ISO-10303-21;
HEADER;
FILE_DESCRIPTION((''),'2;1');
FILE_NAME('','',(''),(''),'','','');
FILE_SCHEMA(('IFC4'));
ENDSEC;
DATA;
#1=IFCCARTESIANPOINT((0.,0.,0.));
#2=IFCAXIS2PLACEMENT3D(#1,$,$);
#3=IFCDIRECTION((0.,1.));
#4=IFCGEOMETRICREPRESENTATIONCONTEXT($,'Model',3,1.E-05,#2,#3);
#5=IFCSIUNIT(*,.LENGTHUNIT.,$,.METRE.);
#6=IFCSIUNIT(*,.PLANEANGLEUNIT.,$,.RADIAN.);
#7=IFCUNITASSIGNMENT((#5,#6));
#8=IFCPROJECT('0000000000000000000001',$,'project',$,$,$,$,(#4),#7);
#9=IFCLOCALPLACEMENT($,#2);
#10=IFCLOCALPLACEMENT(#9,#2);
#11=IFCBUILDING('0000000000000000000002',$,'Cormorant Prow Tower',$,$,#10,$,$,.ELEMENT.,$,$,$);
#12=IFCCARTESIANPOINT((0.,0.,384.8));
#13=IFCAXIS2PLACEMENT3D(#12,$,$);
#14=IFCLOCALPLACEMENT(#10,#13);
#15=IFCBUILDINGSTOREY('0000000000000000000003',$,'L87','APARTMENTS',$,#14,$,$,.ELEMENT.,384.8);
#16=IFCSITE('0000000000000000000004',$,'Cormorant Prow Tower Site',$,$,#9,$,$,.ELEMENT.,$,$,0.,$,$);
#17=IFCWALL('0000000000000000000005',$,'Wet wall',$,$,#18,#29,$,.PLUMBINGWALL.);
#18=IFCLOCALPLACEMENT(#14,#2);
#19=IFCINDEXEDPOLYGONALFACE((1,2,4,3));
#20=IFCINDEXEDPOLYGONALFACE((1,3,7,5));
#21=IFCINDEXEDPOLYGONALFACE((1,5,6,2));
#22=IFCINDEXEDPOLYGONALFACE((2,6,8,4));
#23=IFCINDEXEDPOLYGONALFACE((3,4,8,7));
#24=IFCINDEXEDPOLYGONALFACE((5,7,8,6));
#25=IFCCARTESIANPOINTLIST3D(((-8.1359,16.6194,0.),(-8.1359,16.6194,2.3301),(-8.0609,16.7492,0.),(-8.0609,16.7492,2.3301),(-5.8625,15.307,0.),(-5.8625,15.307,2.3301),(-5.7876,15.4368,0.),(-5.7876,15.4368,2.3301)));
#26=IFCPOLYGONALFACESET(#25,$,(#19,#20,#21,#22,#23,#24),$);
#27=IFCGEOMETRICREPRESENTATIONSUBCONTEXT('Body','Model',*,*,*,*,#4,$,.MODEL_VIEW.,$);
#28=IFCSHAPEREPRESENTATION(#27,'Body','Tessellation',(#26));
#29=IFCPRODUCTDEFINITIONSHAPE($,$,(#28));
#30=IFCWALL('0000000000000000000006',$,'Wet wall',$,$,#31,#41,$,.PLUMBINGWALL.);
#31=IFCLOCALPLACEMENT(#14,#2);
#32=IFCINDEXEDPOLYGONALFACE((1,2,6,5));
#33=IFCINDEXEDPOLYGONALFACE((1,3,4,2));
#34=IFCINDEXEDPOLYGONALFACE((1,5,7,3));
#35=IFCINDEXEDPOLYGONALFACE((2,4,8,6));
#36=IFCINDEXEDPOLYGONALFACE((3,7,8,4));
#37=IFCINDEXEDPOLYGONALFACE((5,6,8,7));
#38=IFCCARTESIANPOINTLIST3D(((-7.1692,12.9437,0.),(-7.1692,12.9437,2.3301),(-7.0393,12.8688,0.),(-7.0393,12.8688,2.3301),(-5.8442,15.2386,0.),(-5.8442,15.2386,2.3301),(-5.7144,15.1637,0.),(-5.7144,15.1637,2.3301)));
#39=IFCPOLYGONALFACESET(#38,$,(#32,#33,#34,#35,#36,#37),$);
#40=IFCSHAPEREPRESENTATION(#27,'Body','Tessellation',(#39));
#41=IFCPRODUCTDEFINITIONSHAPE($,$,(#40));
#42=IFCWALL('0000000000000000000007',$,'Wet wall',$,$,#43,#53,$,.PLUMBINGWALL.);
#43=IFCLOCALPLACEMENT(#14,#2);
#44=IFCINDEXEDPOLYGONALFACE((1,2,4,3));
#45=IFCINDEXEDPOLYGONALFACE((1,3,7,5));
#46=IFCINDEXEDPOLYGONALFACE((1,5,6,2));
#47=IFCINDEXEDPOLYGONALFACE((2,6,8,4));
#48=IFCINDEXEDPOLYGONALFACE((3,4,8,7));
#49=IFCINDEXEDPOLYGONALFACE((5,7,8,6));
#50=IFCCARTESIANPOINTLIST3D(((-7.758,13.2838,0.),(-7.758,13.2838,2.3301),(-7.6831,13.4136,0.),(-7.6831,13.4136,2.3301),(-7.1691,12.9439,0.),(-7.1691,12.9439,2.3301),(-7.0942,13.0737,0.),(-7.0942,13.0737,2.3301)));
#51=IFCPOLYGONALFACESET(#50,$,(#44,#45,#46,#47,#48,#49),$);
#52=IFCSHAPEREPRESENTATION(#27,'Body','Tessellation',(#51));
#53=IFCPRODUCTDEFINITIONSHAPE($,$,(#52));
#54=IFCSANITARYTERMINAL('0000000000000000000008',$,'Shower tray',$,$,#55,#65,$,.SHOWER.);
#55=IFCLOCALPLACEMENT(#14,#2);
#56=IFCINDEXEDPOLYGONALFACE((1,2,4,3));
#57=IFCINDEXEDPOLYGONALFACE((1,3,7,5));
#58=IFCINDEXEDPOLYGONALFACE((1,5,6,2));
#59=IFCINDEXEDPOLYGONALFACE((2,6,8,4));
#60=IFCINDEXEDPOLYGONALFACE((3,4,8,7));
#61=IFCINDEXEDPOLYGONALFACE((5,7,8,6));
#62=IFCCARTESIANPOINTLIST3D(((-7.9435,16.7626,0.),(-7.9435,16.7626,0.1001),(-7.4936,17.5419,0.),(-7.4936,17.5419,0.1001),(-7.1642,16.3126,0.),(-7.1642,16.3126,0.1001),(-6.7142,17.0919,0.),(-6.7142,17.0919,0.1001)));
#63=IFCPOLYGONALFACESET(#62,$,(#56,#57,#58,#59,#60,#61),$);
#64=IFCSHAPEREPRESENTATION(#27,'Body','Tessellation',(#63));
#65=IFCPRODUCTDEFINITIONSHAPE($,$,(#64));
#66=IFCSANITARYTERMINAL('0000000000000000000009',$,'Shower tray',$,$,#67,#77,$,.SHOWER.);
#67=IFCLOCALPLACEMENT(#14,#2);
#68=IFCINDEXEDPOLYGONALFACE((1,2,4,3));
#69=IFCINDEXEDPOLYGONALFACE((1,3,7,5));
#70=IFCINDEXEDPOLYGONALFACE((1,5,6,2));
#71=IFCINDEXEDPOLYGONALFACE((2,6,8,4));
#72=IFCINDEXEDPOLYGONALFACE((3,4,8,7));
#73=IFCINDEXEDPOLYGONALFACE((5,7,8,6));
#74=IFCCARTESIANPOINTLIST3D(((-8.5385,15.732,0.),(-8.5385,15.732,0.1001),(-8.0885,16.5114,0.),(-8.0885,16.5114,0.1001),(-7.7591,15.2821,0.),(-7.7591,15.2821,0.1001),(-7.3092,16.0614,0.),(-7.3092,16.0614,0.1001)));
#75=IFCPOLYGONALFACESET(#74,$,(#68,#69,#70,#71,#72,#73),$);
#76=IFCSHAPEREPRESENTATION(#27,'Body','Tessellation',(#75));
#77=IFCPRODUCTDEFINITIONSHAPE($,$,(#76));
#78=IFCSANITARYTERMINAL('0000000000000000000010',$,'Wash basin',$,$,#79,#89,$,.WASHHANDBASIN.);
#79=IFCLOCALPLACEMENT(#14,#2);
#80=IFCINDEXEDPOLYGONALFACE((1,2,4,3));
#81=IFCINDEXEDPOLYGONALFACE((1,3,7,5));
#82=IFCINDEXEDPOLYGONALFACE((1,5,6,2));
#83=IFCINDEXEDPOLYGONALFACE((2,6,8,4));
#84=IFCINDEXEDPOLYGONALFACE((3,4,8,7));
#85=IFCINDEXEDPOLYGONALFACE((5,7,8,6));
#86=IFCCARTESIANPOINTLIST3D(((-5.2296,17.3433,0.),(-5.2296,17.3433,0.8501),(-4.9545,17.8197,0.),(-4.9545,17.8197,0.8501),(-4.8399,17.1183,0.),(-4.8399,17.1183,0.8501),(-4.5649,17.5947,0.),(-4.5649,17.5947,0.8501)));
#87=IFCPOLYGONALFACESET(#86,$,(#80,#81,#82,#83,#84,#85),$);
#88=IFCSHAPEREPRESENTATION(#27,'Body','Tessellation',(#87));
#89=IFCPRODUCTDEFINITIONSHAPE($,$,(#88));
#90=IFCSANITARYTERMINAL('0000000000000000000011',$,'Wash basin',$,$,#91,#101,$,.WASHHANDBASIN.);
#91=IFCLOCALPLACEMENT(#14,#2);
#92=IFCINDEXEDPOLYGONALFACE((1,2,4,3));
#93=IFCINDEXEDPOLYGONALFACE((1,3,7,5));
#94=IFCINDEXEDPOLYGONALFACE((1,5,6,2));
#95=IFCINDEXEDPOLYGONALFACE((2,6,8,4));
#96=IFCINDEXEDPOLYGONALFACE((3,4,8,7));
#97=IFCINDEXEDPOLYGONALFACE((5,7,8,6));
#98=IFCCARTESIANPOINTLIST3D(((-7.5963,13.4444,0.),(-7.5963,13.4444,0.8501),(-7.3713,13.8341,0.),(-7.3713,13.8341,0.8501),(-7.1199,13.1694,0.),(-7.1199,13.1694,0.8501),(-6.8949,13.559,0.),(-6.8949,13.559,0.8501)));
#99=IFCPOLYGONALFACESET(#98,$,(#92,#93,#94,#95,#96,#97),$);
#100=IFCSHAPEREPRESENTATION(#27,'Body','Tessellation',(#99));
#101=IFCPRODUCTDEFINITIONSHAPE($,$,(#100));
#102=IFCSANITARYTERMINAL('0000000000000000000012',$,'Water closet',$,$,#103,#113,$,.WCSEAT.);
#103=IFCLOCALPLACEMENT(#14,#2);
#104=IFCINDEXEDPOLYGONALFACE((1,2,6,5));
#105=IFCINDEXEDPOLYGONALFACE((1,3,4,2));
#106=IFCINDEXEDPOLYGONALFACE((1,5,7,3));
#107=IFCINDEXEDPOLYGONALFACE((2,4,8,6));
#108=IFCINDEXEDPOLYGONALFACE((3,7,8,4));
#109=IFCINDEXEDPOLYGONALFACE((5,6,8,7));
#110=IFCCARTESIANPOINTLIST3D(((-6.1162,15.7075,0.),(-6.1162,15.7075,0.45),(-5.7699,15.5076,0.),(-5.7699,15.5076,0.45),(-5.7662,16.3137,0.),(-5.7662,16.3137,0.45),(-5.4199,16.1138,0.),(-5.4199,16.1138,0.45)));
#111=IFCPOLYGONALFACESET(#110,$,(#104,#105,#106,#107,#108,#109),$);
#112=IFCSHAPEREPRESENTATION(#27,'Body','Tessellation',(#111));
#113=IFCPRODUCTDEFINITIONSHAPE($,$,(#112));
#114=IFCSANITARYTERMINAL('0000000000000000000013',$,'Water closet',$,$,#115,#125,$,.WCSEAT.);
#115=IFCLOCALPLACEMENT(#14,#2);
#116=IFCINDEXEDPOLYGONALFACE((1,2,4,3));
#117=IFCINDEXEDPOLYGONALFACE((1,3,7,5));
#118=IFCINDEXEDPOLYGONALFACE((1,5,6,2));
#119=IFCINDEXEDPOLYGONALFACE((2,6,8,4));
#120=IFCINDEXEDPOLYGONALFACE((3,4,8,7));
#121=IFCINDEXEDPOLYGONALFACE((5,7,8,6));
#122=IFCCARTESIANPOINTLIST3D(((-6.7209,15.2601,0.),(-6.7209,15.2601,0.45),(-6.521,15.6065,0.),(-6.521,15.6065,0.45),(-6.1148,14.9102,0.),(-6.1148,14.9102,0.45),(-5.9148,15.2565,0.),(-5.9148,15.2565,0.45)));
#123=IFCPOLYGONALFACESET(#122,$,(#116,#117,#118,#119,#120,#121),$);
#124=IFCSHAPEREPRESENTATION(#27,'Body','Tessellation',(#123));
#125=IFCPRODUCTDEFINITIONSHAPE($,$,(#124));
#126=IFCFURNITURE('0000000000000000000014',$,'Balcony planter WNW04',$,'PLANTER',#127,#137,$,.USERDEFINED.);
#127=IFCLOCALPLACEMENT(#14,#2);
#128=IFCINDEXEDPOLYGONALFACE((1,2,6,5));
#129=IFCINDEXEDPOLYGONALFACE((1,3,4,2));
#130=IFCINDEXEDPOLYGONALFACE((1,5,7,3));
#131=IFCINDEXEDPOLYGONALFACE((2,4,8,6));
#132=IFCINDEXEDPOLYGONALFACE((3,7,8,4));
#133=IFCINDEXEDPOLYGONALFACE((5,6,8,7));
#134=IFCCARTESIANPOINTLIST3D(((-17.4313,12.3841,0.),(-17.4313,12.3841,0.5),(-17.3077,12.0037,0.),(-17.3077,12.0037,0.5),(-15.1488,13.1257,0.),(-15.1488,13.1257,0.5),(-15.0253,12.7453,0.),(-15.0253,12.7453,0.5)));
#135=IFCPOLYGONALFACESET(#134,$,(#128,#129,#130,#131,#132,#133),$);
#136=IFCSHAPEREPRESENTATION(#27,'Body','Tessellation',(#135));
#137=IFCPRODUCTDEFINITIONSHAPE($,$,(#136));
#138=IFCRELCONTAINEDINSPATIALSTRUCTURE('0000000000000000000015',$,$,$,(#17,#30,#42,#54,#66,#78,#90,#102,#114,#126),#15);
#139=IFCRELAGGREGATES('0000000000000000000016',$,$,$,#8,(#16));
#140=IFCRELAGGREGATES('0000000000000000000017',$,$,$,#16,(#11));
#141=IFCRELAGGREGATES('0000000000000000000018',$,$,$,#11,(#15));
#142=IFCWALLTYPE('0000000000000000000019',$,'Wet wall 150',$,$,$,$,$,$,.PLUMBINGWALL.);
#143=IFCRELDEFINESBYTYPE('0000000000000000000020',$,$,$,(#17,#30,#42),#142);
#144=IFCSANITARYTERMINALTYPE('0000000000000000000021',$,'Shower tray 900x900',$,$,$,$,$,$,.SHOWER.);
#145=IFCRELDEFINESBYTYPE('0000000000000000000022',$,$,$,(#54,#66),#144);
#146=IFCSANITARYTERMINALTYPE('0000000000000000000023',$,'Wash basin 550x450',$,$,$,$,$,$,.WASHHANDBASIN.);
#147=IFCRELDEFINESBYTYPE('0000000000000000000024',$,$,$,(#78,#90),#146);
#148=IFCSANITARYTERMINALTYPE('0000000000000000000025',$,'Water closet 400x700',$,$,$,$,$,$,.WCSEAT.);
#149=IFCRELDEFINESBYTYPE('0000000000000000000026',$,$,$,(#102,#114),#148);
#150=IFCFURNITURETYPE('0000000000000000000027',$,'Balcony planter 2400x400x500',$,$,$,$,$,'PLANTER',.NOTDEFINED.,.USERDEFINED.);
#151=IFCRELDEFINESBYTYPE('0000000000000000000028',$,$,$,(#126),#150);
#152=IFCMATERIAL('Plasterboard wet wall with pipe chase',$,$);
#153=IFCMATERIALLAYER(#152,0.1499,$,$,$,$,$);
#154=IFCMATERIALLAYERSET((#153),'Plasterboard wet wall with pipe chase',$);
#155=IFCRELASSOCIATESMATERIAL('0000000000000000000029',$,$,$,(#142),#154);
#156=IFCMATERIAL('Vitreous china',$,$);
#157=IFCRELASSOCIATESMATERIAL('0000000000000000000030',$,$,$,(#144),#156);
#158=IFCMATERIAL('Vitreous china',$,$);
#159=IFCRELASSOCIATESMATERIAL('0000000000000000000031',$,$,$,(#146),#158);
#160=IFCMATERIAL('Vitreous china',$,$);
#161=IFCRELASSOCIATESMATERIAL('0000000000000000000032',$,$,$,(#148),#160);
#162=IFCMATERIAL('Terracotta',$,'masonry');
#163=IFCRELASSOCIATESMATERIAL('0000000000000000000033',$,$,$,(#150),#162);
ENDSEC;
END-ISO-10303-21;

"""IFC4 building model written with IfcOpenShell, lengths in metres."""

from ifc_helpers import new_model, si_unit, direction, frame, frame_2d, origin, origin_2d, place, context, subcontext, project, spatial, rectangle, extrude, material, layer, layer_set, type_object, element, save


model = new_model("IFC4")

# Units and contexts
model_context = context("Model", 3, precision=1e-05, world=origin(), true_north=direction((0.0, 1.0)))
body_context = subcontext(model_context, "Body", "Model", "MODEL_VIEW")
ifc_project = project(units=[si_unit("LENGTHUNIT", "METRE"), si_unit("PLANEANGLEUNIT", "RADIAN")], contexts=[model_context])

# Site, building, storey
site_placement = place(None, origin())
site = spatial("IfcSite", under=ifc_project, at=site_placement, Name="Cormorant Prow Tower Site", CompositionType="ELEMENT", RefElevation=0.0)
building_placement = place(site_placement, origin())
building = spatial("IfcBuilding", under=site, at=building_placement, Name="Cormorant Prow Tower", CompositionType="ELEMENT")
storey_placement = place(building_placement, frame((0.0, 0.0, 384.8)))
storey = spatial("IfcBuildingStorey", under=building, at=storey_placement, Name="L87", Description="APARTMENTS", CompositionType="ELEMENT", Elevation=384.8)

# Walls
ifc_material_1 = material(Name="Plasterboard wet wall with pipe chase")
ifc_layer_1 = layer(ifc_material_1, 0.1499)
ifc_layer_set_1 = layer_set([ifc_layer_1], Name="Plasterboard wet wall with pipe chase")
wall_type_1 = type_object("IfcWallType", Name="Wet wall 150", PredefinedType="PLUMBINGWALL", material=ifc_layer_set_1)
wall_1_placement = place(storey_placement, frame((-8.0984, 16.6843, 0.0), z_axis=(0.0, 0.0, 1.0), x_axis=(0.866037, -0.49998, 0.0)))
element("IfcWall", 1, at=wall_1_placement, inside=storey, type_object=wall_type_1, Name="Wet wall", PredefinedType="PLUMBINGWALL", context=body_context, shape_type="SweptSolid", body=[
    extrude(rectangle(XDim=2.625, YDim=0.1499, at=frame_2d((1.3125, 0.0))), origin(), (0.0, 0.0, 1.0), 2.3301),
])
wall_2_placement = place(storey_placement, frame((-7.1042, 12.9062, 0.0), z_axis=(0.0, 0.0, 1.0), x_axis=(0.499994, 0.866029, 0.0)))
element("IfcWall", 2, at=wall_2_placement, inside=storey, type_object=wall_type_1, Name="Wet wall", PredefinedType="PLUMBINGWALL", context=body_context, shape_type="SweptSolid", body=[
    extrude(rectangle(XDim=2.6499, YDim=0.1499, at=frame_2d((1.325, 0.0))), origin(), (0.0, 0.0, 1.0), 2.3301),
])
wall_3_placement = place(storey_placement, frame((-7.7205, 13.3486, 0.0), z_axis=(0.0, 0.0, 1.0), x_axis=(0.866114, -0.499847, 0.0)))
element("IfcWall", 3, at=wall_3_placement, inside=storey, type_object=wall_type_1, Name="Wet wall", PredefinedType="PLUMBINGWALL", context=body_context, shape_type="SweptSolid", body=[
    extrude(rectangle(XDim=0.6799, YDim=0.1499, at=frame_2d((0.3398, 0.0))), origin(), (0.0, 0.0, 1.0), 2.3301),
])

# Sanitary terminals
ifc_material_2 = material(Name="Vitreous china")
sanitary_terminal_type_1 = type_object("IfcSanitaryTerminalType", Name="Shower tray 900x900", PredefinedType="SHOWER", material=ifc_material_2)
for number, where, z_axis, x_axis, name in (
    (4, (-7.3289, 16.9272, 0.0), (0.0, 0.0, 1.0), (0.5, 0.866025, 0.0), "Shower tray"),
    (5, (-7.9238, 15.8967, 0.0), (0.0, 0.0, 1.0), (0.866025, -0.5, 0.0), "Shower tray"),
):
    element("IfcSanitaryTerminal", number, at=place(storey_placement, frame(where, z_axis=z_axis, x_axis=x_axis)), inside=storey, type_object=sanitary_terminal_type_1, Name=name, PredefinedType="SHOWER", context=body_context, shape_type="SweptSolid", body=[
        extrude(rectangle(XDim=0.8999, YDim=0.8999, at=origin_2d()), origin(), (0.0, 0.0, 1.0), 0.1001),
    ])
ifc_material_3 = material(Name="Vitreous china")
sanitary_terminal_type_2 = type_object("IfcSanitaryTerminalType", Name="Wash basin 550x450", PredefinedType="WASHHANDBASIN", material=ifc_material_3)
for number, where, z_axis, x_axis, name in (
    (6, (-4.8972, 17.469, 0.0), (0.0, 0.0, 1.0), (-0.5, -0.866025, 0.0), "Wash basin"),
    (7, (-7.2456, 13.5017, 0.0), (0.0, 0.0, 1.0), (-0.866025, 0.5, 0.0), "Wash basin"),
):
    element("IfcSanitaryTerminal", number, at=place(storey_placement, frame(where, z_axis=z_axis, x_axis=x_axis)), inside=storey, type_object=sanitary_terminal_type_2, Name=name, PredefinedType="WASHHANDBASIN", context=body_context, shape_type="SweptSolid", body=[
        extrude(rectangle(XDim=0.55, YDim=0.45, at=origin_2d()), origin(), (0.0, 0.0, 1.0), 0.8501),
    ])
ifc_material_4 = material(Name="Vitreous china")
sanitary_terminal_type_3 = type_object("IfcSanitaryTerminalType", Name="Water closet 400x700", PredefinedType="WCSEAT", material=ifc_material_4)
for number, where, z_axis, x_axis, name in (
    (8, (-5.7681, 15.9106, 0.0), (0.0, 0.0, 1.0), (-0.866025, 0.5, 0.0), "Water closet"),
    (9, (-6.3179, 15.2583, 0.0), (0.0, 0.0, 1.0), (-0.5, -0.866025, 0.0), "Water closet"),
):
    element("IfcSanitaryTerminal", number, at=place(storey_placement, frame(where, z_axis=z_axis, x_axis=x_axis)), inside=storey, type_object=sanitary_terminal_type_3, Name=name, PredefinedType="WCSEAT", context=body_context, shape_type="SweptSolid", body=[
        extrude(rectangle(XDim=0.3999, YDim=0.7, at=origin_2d()), origin(), (0.0, 0.0, 1.0), 0.45),
    ])

# Furniture
ifc_material_5 = material(Name="Terracotta", Category="masonry")
furniture_type = type_object("IfcFurnitureType", Name="Balcony planter 2400x400x500", ElementType="PLANTER", AssemblyPlace="NOTDEFINED", PredefinedType="USERDEFINED", material=ifc_material_5)
furniture_placement = place(storey_placement, frame((-16.2283, 12.5647, 0.0), z_axis=(0.0, 0.0, 1.0), x_axis=(-0.951057, -0.309017, 0.0)))
element("IfcFurniture", 10, at=furniture_placement, inside=storey, type_object=furniture_type, Name="Balcony planter WNW04", ObjectType="PLANTER", PredefinedType="USERDEFINED", context=body_context, shape_type="SweptSolid", body=[
    extrude(rectangle(XDim=2.3999, YDim=0.3999, at=origin_2d()), origin(), (0.0, 0.0, 1.0), 0.5),
])

save(model, "model.ifc")
